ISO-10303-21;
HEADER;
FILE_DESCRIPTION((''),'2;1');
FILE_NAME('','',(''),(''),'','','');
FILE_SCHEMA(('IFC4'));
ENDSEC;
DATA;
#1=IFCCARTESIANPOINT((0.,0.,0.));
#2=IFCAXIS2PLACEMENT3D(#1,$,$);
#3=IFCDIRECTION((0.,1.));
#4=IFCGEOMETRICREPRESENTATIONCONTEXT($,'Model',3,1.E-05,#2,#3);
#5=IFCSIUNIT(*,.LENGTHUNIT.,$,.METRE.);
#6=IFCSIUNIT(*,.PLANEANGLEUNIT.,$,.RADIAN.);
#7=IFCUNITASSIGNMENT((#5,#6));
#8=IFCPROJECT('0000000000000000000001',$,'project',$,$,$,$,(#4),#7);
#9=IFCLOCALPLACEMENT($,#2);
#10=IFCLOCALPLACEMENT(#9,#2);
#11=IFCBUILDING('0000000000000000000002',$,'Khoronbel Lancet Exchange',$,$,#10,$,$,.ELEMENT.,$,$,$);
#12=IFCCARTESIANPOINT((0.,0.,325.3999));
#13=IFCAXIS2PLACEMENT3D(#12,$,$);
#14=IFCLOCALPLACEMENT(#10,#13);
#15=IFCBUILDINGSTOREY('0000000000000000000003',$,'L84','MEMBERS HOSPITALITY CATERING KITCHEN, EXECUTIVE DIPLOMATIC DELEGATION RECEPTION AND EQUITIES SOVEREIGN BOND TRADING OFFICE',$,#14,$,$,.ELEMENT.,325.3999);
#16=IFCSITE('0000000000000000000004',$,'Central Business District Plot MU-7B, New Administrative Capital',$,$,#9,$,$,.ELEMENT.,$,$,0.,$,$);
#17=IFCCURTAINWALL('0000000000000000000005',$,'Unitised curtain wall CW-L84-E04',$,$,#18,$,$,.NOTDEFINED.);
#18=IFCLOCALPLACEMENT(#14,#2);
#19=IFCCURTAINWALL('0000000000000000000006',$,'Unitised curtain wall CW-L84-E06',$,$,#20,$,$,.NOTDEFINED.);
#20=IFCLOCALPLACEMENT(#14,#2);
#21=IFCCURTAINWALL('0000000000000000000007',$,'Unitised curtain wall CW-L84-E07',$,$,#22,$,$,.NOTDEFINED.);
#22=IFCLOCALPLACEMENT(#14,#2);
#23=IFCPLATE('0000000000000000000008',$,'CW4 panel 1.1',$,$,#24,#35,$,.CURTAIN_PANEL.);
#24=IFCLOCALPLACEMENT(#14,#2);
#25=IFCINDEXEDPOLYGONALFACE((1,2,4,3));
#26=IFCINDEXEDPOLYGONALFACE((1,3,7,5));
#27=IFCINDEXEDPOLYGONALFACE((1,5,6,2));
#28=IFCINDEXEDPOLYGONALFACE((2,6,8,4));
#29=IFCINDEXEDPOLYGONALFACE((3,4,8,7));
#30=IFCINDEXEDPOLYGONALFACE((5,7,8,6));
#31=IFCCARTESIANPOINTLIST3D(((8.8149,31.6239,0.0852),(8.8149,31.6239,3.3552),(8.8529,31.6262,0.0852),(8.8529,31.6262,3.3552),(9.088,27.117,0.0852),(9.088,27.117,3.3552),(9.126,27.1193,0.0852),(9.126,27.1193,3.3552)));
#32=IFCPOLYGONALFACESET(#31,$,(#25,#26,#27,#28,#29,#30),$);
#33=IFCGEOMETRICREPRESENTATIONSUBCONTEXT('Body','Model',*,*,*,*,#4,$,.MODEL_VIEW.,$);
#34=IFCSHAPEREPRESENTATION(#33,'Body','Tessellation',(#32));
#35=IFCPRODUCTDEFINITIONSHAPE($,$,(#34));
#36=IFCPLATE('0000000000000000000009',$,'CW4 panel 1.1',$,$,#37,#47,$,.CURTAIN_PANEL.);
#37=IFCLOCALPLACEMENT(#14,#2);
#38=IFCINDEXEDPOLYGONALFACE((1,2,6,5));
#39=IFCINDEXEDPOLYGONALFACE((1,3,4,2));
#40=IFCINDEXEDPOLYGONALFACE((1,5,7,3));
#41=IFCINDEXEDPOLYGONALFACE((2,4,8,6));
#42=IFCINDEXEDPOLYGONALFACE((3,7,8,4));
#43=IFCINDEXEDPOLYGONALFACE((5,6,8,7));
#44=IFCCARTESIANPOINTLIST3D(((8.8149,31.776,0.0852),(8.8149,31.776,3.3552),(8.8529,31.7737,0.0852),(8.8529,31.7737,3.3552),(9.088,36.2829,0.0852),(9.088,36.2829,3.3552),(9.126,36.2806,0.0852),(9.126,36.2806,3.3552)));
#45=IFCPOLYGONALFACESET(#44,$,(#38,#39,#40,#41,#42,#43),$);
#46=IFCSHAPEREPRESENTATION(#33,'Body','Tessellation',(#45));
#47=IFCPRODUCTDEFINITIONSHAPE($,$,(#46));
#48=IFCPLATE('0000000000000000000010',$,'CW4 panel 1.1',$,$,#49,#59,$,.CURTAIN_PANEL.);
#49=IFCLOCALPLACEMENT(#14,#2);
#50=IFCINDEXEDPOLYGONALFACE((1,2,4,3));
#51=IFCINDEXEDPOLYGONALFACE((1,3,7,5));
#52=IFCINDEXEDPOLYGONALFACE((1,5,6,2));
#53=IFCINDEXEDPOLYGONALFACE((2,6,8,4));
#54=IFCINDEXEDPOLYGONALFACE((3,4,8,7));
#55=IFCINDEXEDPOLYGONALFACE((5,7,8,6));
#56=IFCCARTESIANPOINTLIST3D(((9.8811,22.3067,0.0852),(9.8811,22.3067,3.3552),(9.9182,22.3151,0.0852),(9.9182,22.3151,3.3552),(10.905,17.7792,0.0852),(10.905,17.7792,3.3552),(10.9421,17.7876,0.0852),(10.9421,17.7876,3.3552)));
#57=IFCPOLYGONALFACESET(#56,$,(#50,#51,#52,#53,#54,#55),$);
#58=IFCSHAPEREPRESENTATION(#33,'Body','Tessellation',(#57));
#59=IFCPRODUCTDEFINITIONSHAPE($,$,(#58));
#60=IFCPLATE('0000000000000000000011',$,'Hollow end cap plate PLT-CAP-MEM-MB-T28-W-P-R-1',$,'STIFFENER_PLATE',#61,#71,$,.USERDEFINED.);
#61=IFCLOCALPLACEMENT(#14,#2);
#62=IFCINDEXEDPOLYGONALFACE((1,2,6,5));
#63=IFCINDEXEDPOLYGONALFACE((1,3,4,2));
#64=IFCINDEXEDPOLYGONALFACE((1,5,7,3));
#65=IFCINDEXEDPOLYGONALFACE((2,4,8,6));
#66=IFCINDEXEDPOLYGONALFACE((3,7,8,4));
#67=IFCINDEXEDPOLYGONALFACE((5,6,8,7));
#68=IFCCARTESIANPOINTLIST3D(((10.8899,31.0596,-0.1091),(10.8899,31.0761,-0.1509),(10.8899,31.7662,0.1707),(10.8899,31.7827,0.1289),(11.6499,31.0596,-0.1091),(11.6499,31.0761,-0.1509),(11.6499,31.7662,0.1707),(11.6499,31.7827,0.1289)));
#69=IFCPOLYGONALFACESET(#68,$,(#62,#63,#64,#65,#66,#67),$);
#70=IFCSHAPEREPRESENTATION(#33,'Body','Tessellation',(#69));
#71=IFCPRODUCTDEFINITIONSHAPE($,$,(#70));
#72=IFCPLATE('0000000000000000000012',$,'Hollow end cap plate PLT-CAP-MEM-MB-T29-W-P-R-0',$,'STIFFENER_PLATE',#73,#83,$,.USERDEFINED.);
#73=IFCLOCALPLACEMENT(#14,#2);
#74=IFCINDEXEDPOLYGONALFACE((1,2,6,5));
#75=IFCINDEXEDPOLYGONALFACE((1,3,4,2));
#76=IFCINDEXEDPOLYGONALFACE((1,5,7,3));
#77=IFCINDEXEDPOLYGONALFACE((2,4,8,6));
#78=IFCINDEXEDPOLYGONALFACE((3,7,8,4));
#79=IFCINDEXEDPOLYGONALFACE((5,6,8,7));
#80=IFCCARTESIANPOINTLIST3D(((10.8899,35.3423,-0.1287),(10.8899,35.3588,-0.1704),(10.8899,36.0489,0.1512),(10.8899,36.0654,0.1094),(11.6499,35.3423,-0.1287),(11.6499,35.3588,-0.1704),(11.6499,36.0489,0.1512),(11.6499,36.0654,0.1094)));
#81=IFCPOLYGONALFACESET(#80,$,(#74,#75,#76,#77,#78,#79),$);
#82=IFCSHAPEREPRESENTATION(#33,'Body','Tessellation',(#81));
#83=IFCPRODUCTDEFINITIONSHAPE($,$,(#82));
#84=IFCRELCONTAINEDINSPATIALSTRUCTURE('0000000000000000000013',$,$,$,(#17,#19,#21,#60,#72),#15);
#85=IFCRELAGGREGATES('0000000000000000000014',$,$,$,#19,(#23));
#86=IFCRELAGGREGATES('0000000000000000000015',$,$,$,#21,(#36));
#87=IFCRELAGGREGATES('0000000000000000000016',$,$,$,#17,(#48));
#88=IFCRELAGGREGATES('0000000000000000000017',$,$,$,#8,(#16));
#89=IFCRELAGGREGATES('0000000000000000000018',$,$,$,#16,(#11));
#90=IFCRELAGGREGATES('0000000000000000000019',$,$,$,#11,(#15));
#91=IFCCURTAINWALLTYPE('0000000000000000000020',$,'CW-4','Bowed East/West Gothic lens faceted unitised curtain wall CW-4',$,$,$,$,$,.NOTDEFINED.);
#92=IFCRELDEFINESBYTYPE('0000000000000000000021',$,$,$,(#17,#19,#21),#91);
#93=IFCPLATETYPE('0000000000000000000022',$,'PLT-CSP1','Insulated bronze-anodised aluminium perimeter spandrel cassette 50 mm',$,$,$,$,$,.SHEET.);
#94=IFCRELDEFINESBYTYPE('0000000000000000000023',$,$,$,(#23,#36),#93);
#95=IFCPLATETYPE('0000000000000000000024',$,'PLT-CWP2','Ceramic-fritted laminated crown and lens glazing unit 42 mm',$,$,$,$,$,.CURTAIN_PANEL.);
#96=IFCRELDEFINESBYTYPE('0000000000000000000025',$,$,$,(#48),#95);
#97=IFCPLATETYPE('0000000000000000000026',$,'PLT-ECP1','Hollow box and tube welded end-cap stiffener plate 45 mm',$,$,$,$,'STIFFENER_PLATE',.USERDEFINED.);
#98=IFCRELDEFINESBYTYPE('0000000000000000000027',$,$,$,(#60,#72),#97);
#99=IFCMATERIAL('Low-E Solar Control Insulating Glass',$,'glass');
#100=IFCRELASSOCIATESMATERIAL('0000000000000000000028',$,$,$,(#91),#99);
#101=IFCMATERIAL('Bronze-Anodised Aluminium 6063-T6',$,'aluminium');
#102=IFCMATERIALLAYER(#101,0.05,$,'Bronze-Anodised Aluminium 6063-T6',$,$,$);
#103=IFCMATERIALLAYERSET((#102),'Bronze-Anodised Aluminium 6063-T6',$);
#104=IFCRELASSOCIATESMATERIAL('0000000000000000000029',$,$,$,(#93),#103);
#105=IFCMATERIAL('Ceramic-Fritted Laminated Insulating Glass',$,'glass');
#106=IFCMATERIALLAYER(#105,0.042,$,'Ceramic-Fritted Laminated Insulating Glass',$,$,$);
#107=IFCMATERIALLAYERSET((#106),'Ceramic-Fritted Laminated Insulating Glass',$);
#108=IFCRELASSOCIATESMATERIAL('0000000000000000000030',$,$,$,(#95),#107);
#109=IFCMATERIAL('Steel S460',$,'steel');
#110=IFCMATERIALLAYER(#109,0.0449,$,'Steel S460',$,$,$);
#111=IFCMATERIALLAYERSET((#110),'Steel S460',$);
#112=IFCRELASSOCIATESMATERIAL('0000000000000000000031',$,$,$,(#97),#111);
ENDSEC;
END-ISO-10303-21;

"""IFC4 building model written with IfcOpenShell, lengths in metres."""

from ifc_helpers import new_model, si_unit, direction, frame, origin, origin_2d, place, context, subcontext, project, spatial, polyline, rectangle, outline, extrude, material, layer, layer_set, type_object, element, aggregate, save


model = new_model("IFC4")

# Units and contexts
model_context = context("Model", 3, precision=1e-05, world=origin(), true_north=direction((0.0, 1.0)))
body_context = subcontext(model_context, "Body", "Model", "MODEL_VIEW")
ifc_project = project(units=[si_unit("LENGTHUNIT", "METRE"), si_unit("PLANEANGLEUNIT", "RADIAN")], contexts=[model_context])

# Site, building, storey
site_placement = place(None, origin())
site = spatial("IfcSite", under=ifc_project, at=site_placement, Name="Central Business District Plot MU-7B, New Administrative Capital", CompositionType="ELEMENT", RefElevation=0.0)
building_placement = place(site_placement, origin())
building = spatial("IfcBuilding", under=site, at=building_placement, Name="Khoronbel Lancet Exchange", CompositionType="ELEMENT")
storey_placement = place(building_placement, frame((0.0, 0.0, 325.3999)))
storey = spatial("IfcBuildingStorey", under=building, at=storey_placement, Name="L84", Description="MEMBERS HOSPITALITY CATERING KITCHEN, EXECUTIVE DIPLOMATIC DELEGATION RECEPTION AND EQUITIES SOVEREIGN BOND TRADING OFFICE", CompositionType="ELEMENT", Elevation=325.3999)

# Curtain walls
ifc_material_1 = material(Name="Low-E Solar Control Insulating Glass", Category="glass")
curtain_wall_type = type_object("IfcCurtainWallType", Name="CW-4", Description="Bowed East/West Gothic lens faceted unitised curtain wall CW-4", PredefinedType="NOTDEFINED", material=ifc_material_1)
curtain_wall_1_placement = place(storey_placement, origin())
curtain_wall_1 = element("IfcCurtainWall", 1, at=curtain_wall_1_placement, inside=storey, type_object=curtain_wall_type, Name="Unitised curtain wall CW-L84-E04", PredefinedType="NOTDEFINED")
ifc_material_2 = material(Name="Bronze-Anodised Aluminium 6063-T6", Category="aluminium")
curtain_wall_2_placement = place(storey_placement, origin())
curtain_wall_2 = element("IfcCurtainWall", 2, at=curtain_wall_2_placement, inside=storey, type_object=curtain_wall_type, Name="Unitised curtain wall CW-L84-E06", PredefinedType="NOTDEFINED")

# Curtain wall
curtain_wall_3_placement = place(storey_placement, origin())
curtain_wall_3 = element("IfcCurtainWall", 3, at=curtain_wall_3_placement, inside=storey, type_object=curtain_wall_type, Name="Unitised curtain wall CW-L84-E07", PredefinedType="NOTDEFINED")

# Plates
ifc_layer_1 = layer(ifc_material_2, 0.05, Name="Bronze-Anodised Aluminium 6063-T6")
ifc_layer_set_1 = layer_set([ifc_layer_1], Name="Bronze-Anodised Aluminium 6063-T6")
plate_type_1 = type_object("IfcPlateType", Name="PLT-CSP1", Description="Insulated bronze-anodised aluminium perimeter spandrel cassette 50 mm", PredefinedType="SHEET", material=ifc_layer_set_1)
plate_1_placement = place(storey_placement, frame((8.9705, 29.3716, 0.0852), z_axis=(0.0, 0.0, 1.0), x_axis=(-0.060491, 0.998169, 0.0)))
plate_1 = element("IfcPlate", 4, at=plate_1_placement, type_object=plate_type_1, Name="CW4 panel 1.1", PredefinedType="CURTAIN_PANEL", context=body_context, shape_type="SweptSolid", body=[
    extrude(rectangle(XDim=4.5151, YDim=0.0381, at=origin_2d()), origin(), (0.0, 0.0, 1.0), 3.27),
])
aggregate(curtain_wall_2, [plate_1])
plate_2_placement = place(storey_placement, frame((8.9705, 34.0283, 0.0852), z_axis=(0.0, 0.0, 1.0), x_axis=(0.060491, 0.998169, 0.0)))
plate_2 = element("IfcPlate", 5, at=plate_2_placement, type_object=plate_type_1, Name="CW4 panel 1.1", PredefinedType="CURTAIN_PANEL", context=body_context, shape_type="SweptSolid", body=[
    extrude(rectangle(XDim=4.5151, YDim=0.0381, at=origin_2d()), origin(), (0.0, 0.0, 1.0), 3.27),
])
aggregate(curtain_wall_3, [plate_2])
ifc_material_3 = material(Name="Ceramic-Fritted Laminated Insulating Glass", Category="glass")
ifc_layer_2 = layer(ifc_material_3, 0.042, Name="Ceramic-Fritted Laminated Insulating Glass")
ifc_layer_set_2 = layer_set([ifc_layer_2], Name="Ceramic-Fritted Laminated Insulating Glass")
plate_type_2 = type_object("IfcPlateType", Name="PLT-CWP2", Description="Ceramic-fritted laminated crown and lens glazing unit 42 mm", PredefinedType="CURTAIN_PANEL", material=ifc_layer_set_2)
plate_3_placement = place(storey_placement, frame((10.4116, 20.0471, 0.0852), z_axis=(0.0, 0.0, 1.0), x_axis=(-0.220579, 0.975369, 0.0)))
plate_3 = element("IfcPlate", 6, at=plate_3_placement, type_object=plate_type_2, Name="CW4 panel 1.1", PredefinedType="CURTAIN_PANEL", context=body_context, shape_type="SweptSolid", body=[
    extrude(rectangle(XDim=4.6418, YDim=0.0381, at=origin_2d()), origin(), (0.0, 0.0, 1.0), 3.27),
])
aggregate(curtain_wall_1, [plate_3])

# Plates
ifc_material_4 = material(Name="Steel S460", Category="steel")
ifc_layer_3 = layer(ifc_material_4, 0.0449, Name="Steel S460")
ifc_layer_set_3 = layer_set([ifc_layer_3], Name="Steel S460")
plate_type_3 = type_object("IfcPlateType", Name="PLT-ECP1", Description="Hollow box and tube welded end-cap stiffener plate 45 mm", ElementType="STIFFENER_PLATE", PredefinedType="USERDEFINED", material=ifc_layer_set_3)
for number, where, z_axis, x_axis, name in (
    (7, (10.8899, 31.0596, -0.1091), (0.0, -0.368176, 0.929756), (1.0, 0.0, 0.0), "Hollow end cap plate PLT-CAP-MEM-MB-T28-W-P-R-1"),
    (8, (10.8899, 35.3423, -0.1287), (0.0, -0.368176, 0.929756), (1.0, 0.0, 0.0), "Hollow end cap plate PLT-CAP-MEM-MB-T29-W-P-R-0"),
):
    element("IfcPlate", number, at=place(storey_placement, frame(where, z_axis=z_axis, x_axis=x_axis)), inside=storey, type_object=plate_type_3, Name=name, ObjectType="STIFFENER_PLATE", PredefinedType="USERDEFINED", context=body_context, shape_type="SweptSolid", body=[
        extrude(outline(polyline([(0.0, 0.0), (0.76, 0.0), (0.76, 0.76), (0.0, 0.76), (0.0, 0.0)])), origin(), (0.0, 0.0, -1.0), 0.0449),
    ])

save(model, "model.ifc")
